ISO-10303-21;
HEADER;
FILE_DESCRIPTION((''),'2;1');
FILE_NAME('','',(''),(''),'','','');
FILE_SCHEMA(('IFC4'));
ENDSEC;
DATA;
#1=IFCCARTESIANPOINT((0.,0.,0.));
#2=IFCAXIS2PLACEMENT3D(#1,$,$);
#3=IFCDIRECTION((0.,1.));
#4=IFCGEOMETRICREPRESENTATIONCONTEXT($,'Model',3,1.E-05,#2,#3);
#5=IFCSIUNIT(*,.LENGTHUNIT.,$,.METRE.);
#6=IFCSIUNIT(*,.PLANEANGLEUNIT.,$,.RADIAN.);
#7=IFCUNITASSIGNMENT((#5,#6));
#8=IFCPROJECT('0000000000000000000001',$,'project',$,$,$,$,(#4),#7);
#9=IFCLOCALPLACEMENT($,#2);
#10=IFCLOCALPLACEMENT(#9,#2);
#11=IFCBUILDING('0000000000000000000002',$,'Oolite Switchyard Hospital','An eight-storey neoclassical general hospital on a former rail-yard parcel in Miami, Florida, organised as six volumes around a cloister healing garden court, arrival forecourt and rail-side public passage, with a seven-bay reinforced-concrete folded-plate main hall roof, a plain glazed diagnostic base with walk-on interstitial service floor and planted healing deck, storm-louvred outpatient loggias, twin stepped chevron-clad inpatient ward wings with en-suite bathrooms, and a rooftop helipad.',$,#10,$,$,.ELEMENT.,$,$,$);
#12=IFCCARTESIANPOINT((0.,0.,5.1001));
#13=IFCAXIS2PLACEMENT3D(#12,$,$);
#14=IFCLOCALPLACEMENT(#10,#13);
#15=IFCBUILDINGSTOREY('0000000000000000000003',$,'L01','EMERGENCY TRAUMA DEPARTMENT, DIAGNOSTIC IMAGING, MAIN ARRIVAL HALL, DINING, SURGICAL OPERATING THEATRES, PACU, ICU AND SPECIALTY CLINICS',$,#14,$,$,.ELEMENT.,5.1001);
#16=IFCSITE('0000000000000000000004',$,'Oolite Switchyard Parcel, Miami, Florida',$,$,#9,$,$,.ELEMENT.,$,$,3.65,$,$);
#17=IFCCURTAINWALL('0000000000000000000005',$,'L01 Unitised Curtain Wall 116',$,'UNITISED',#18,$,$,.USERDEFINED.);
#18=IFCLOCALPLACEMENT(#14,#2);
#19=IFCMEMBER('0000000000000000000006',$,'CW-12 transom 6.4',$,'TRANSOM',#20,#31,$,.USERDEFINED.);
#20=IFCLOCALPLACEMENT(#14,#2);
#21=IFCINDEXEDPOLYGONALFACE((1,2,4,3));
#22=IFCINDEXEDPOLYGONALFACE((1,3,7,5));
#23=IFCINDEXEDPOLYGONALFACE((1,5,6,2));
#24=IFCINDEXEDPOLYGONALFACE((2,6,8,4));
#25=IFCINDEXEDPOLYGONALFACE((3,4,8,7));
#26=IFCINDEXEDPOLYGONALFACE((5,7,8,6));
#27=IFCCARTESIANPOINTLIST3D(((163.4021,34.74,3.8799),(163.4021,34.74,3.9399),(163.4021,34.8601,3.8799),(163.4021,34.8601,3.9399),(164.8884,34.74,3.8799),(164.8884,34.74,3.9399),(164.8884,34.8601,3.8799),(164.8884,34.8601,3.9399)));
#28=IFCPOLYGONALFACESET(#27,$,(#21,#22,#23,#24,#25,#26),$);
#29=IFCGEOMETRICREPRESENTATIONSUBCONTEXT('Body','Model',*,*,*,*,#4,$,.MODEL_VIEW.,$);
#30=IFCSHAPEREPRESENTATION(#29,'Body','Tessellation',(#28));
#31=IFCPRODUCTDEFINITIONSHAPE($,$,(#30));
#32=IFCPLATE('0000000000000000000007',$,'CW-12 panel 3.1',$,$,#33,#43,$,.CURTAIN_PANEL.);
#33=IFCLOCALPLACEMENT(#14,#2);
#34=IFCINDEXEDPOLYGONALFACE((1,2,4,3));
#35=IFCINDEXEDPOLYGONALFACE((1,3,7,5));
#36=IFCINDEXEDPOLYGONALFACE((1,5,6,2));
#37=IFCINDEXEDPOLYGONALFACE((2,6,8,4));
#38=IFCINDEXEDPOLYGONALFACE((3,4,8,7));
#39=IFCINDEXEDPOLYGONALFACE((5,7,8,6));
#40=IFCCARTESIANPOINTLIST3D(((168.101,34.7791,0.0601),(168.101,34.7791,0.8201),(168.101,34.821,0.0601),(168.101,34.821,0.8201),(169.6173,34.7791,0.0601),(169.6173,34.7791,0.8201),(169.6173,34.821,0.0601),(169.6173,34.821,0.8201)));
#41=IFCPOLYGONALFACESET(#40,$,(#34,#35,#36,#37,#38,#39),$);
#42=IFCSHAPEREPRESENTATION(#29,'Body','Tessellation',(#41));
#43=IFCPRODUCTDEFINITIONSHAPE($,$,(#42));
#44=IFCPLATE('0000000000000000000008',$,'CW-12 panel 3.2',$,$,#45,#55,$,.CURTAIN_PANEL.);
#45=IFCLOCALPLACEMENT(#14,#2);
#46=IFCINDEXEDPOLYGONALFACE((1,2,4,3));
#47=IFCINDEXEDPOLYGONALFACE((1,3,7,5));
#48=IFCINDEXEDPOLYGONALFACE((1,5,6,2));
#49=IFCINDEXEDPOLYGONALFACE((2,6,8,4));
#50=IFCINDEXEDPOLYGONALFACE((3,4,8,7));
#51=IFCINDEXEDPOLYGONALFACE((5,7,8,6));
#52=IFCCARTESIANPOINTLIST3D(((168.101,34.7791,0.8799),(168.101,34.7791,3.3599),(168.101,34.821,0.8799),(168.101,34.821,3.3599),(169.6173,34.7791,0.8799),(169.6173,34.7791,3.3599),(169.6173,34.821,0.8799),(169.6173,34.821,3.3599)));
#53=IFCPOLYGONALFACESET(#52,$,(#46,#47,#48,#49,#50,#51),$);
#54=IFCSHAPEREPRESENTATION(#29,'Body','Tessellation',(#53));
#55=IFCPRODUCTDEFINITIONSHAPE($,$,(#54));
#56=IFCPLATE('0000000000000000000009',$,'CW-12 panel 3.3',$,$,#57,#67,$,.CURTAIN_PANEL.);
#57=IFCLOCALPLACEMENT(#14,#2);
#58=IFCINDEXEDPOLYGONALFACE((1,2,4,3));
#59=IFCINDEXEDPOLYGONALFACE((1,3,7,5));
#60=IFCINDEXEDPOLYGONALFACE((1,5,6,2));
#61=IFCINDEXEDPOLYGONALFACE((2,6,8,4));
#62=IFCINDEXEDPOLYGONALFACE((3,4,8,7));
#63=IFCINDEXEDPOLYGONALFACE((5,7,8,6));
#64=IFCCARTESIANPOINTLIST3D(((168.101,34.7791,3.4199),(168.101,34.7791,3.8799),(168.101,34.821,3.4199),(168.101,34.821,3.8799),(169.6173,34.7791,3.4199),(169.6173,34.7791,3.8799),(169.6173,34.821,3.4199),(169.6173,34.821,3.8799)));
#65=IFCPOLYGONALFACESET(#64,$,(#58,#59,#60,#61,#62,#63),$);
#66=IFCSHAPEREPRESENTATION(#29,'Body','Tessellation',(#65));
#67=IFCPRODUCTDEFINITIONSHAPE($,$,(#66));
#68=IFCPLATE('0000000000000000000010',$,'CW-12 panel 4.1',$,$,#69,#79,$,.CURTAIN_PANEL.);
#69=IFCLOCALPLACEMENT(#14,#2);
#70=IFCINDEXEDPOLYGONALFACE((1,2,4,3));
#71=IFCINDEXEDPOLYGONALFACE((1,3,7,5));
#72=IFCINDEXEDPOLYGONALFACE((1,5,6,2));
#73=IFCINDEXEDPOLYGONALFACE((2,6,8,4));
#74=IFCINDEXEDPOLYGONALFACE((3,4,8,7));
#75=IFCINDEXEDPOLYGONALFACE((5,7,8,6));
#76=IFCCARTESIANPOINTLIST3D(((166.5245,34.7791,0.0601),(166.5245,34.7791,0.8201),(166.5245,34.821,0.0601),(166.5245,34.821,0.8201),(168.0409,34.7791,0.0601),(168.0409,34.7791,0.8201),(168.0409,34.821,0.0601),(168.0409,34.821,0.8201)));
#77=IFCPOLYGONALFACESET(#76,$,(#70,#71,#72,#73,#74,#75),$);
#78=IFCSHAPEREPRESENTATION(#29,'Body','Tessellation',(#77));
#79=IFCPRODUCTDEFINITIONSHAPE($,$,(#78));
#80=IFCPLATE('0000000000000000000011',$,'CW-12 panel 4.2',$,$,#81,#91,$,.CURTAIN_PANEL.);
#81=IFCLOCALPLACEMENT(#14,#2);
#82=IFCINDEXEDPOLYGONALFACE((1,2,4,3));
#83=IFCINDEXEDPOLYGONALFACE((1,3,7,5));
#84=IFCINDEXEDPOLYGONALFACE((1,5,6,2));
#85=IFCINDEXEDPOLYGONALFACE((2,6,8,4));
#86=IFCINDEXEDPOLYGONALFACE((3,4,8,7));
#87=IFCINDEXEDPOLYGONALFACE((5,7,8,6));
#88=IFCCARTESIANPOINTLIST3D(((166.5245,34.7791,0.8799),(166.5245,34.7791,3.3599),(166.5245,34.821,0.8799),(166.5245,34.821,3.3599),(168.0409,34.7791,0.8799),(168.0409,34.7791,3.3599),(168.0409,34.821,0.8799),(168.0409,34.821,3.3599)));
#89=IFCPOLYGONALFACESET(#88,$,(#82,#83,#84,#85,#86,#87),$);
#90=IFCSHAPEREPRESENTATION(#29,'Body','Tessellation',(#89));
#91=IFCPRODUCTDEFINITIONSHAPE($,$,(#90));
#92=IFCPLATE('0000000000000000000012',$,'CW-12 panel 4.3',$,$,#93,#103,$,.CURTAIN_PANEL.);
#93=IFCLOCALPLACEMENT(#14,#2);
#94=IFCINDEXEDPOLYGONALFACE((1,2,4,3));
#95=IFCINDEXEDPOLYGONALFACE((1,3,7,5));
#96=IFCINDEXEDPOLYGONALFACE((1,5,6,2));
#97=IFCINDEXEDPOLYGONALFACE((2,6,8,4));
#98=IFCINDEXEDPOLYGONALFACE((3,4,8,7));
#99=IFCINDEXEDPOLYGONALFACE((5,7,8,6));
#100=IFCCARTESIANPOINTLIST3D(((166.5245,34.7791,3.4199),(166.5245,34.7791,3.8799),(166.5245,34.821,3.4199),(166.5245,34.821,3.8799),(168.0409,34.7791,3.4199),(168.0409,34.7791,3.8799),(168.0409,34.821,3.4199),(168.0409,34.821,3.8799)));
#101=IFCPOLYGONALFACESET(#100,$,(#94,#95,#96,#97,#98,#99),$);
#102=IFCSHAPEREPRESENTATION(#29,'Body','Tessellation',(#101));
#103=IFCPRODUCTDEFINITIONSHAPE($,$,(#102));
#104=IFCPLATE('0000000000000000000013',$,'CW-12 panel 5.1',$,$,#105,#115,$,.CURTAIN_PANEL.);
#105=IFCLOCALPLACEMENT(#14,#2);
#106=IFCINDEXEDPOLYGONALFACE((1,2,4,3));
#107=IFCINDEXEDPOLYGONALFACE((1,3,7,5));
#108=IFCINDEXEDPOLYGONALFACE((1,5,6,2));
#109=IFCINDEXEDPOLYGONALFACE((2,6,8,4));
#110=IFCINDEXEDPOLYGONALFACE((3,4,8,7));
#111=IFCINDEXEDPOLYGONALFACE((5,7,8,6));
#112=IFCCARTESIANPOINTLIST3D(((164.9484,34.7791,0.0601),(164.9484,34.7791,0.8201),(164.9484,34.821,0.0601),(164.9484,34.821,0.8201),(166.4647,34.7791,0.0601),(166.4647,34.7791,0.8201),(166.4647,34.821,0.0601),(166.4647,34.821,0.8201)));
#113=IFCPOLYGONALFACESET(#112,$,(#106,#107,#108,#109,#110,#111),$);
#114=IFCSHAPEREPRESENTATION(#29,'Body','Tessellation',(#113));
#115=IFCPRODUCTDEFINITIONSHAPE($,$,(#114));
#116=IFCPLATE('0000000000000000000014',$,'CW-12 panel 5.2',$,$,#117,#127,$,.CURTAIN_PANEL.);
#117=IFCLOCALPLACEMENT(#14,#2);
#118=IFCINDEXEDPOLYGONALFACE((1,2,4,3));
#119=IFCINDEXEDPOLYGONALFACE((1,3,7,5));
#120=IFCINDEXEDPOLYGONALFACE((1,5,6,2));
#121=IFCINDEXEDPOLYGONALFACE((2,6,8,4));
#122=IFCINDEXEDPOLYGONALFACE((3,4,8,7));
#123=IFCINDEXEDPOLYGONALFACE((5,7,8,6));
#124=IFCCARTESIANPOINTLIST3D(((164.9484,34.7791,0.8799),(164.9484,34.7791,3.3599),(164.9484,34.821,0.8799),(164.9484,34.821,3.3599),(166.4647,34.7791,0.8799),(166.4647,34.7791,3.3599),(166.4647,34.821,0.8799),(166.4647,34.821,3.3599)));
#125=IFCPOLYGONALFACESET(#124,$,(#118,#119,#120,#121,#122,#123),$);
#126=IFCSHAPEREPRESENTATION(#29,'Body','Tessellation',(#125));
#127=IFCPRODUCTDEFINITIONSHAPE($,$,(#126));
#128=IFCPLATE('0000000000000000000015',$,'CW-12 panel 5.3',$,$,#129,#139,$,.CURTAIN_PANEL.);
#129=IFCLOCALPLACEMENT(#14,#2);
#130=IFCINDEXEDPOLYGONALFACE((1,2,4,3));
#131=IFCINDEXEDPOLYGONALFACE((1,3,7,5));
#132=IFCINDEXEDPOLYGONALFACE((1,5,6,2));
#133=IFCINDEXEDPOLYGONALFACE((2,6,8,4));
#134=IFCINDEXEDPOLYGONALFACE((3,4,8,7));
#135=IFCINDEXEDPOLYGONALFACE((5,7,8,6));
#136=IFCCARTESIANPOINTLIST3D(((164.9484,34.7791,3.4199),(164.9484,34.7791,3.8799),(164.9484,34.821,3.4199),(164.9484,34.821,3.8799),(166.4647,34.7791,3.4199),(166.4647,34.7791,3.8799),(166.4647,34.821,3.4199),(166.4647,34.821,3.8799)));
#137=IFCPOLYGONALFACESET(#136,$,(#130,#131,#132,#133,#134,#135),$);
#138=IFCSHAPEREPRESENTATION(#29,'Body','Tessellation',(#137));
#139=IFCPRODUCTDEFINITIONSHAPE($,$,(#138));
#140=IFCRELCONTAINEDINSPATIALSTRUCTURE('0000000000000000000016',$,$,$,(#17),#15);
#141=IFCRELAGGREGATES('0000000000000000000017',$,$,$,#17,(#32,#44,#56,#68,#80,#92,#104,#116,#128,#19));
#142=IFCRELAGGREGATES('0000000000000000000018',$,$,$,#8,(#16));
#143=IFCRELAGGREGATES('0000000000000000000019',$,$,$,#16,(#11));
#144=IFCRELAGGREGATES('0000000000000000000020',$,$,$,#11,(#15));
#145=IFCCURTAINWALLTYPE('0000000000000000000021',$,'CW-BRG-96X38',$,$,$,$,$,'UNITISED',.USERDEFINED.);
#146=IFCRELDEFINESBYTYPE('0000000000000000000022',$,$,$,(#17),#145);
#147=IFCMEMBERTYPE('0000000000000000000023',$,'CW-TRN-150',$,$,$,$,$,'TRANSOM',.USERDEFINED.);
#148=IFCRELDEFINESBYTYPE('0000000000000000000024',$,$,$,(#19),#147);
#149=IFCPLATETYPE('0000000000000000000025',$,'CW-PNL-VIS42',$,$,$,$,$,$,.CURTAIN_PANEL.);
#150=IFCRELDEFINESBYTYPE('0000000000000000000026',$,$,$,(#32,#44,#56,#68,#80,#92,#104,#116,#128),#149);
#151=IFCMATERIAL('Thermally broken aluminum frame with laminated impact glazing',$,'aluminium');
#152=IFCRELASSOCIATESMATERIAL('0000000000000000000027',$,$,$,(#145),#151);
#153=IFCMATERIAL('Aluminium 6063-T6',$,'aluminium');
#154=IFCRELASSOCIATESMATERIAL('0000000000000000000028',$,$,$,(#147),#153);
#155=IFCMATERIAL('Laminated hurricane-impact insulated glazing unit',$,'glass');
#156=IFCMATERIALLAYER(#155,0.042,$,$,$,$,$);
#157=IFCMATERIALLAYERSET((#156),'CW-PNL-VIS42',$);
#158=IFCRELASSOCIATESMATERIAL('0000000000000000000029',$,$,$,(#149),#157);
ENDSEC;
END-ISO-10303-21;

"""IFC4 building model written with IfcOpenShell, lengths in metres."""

from ifc_helpers import new_model, si_unit, direction, frame, origin, origin_2d, place, context, subcontext, project, spatial, rectangle, extrude, material, layer, layer_set, material_profile, profile_set, type_object, element, aggregate, save


model = new_model("IFC4")

# Units and contexts
model_context = context("Model", 3, precision=1e-05, world=origin(), true_north=direction((0.0, 1.0)))
body_context = subcontext(model_context, "Body", "Model", "MODEL_VIEW")
ifc_project = project(units=[si_unit("LENGTHUNIT", "METRE"), si_unit("PLANEANGLEUNIT", "RADIAN")], contexts=[model_context])

# Site, building, storey
site_placement = place(None, origin())
site = spatial("IfcSite", under=ifc_project, at=site_placement, Name="Oolite Switchyard Parcel, Miami, Florida", CompositionType="ELEMENT", RefElevation=3.65)
building_placement = place(site_placement, origin())
building = spatial("IfcBuilding", under=site, at=building_placement, Name="Oolite Switchyard Hospital", Description="An eight-storey neoclassical general hospital on a former rail-yard parcel in Miami, Florida, organised as six volumes around a cloister healing garden court, arrival forecourt and rail-side public passage, with a seven-bay reinforced-concrete folded-plate main hall roof, a plain glazed diagnostic base with walk-on interstitial service floor and planted healing deck, storm-louvred outpatient loggias, twin stepped chevron-clad inpatient ward wings with en-suite bathrooms, and a rooftop helipad.", CompositionType="ELEMENT")
storey_placement = place(building_placement, frame((0.0, 0.0, 5.1001)))
storey = spatial("IfcBuildingStorey", under=building, at=storey_placement, Name="L01", Description="EMERGENCY TRAUMA DEPARTMENT, DIAGNOSTIC IMAGING, MAIN ARRIVAL HALL, DINING, SURGICAL OPERATING THEATRES, PACU, ICU AND SPECIALTY CLINICS", CompositionType="ELEMENT", Elevation=5.1001)

# Curtain wall, member, plates
ifc_material_1 = material(Name="Thermally broken aluminum frame with laminated impact glazing", Category="aluminium")
curtain_wall_type = type_object("IfcCurtainWallType", Name="CW-BRG-96X38", ElementType="UNITISED", PredefinedType="USERDEFINED", material=ifc_material_1)
curtain_wall_placement = place(storey_placement, origin())
curtain_wall = element("IfcCurtainWall", 1, at=curtain_wall_placement, inside=storey, type_object=curtain_wall_type, Name="L01 Unitised Curtain Wall 116", ObjectType="UNITISED", PredefinedType="USERDEFINED")
ifc_material_2 = material(Name="Aluminium 6063-T6", Category="aluminium")
ifc_material_profile_1 = material_profile(ifc_material_2, rectangle(XDim=0.1201, YDim=0.0601, at=origin_2d()), Name="CWT60X120")
ifc_profile_set_1 = profile_set([ifc_material_profile_1], Name="Aluminium 6063-T6")
member_type_1 = type_object("IfcMemberType", Name="CW-TRN-150", ElementType="TRANSOM", PredefinedType="USERDEFINED", material=ifc_profile_set_1)
member_1_placement = place(storey_placement, frame((164.8884, 34.8, 3.9099), z_axis=(-1.0, 0.0, 0.0), x_axis=(0.0, -1.0, 0.0)))
member_1 = element("IfcMember", 2, at=member_1_placement, type_object=member_type_1, Name="CW-12 transom 6.4", ObjectType="TRANSOM", PredefinedType="USERDEFINED", context=body_context, shape_type="SweptSolid", body=[
    extrude(rectangle(XDim=0.1201, YDim=0.0601, at=origin_2d()), origin(), (0.0, 0.0, 1.0), 1.4863),
])
ifc_material_3 = material(Name="Laminated hurricane-impact insulated glazing unit", Category="glass")
ifc_layer = layer(ifc_material_3, 0.042)
ifc_layer_set = layer_set([ifc_layer], Name="CW-PNL-VIS42")
plate_type = type_object("IfcPlateType", Name="CW-PNL-VIS42", PredefinedType="CURTAIN_PANEL", material=ifc_layer_set)
plate_1_placement = place(storey_placement, frame((168.8591, 34.8, 0.0601), z_axis=(0.0, 0.0, 1.0), x_axis=(-1.0, 0.0, 0.0)))
plate_1 = element("IfcPlate", 3, at=plate_1_placement, type_object=plate_type, Name="CW-12 panel 3.1", PredefinedType="CURTAIN_PANEL", context=body_context, shape_type="SweptSolid", body=[
    extrude(rectangle(XDim=1.5164, YDim=0.042, at=origin_2d()), origin(), (0.0, 0.0, 1.0), 0.76),
])
plate_2_placement = place(storey_placement, frame((168.8591, 34.8, 0.8799), z_axis=(0.0, 0.0, 1.0), x_axis=(-1.0, 0.0, 0.0)))
plate_2 = element("IfcPlate", 4, at=plate_2_placement, type_object=plate_type, Name="CW-12 panel 3.2", PredefinedType="CURTAIN_PANEL", context=body_context, shape_type="SweptSolid", body=[
    extrude(rectangle(XDim=1.5164, YDim=0.042, at=origin_2d()), origin(), (0.0, 0.0, 1.0), 2.48),
])
plate_3_placement = place(storey_placement, frame((168.8591, 34.8, 3.4199), z_axis=(0.0, 0.0, 1.0), x_axis=(-1.0, 0.0, 0.0)))
plate_3 = element("IfcPlate", 5, at=plate_3_placement, type_object=plate_type, Name="CW-12 panel 3.3", PredefinedType="CURTAIN_PANEL", context=body_context, shape_type="SweptSolid", body=[
    extrude(rectangle(XDim=1.5164, YDim=0.042, at=origin_2d()), origin(), (0.0, 0.0, 1.0), 0.46),
])
plate_4_placement = place(storey_placement, frame((167.2827, 34.8, 0.0601), z_axis=(0.0, 0.0, 1.0), x_axis=(-1.0, 0.0, 0.0)))
plate_4 = element("IfcPlate", 6, at=plate_4_placement, type_object=plate_type, Name="CW-12 panel 4.1", PredefinedType="CURTAIN_PANEL", context=body_context, shape_type="SweptSolid", body=[
    extrude(rectangle(XDim=1.5164, YDim=0.042, at=origin_2d()), origin(), (0.0, 0.0, 1.0), 0.76),
])
plate_5_placement = place(storey_placement, frame((167.2827, 34.8, 0.8799), z_axis=(0.0, 0.0, 1.0), x_axis=(-1.0, 0.0, 0.0)))
plate_5 = element("IfcPlate", 7, at=plate_5_placement, type_object=plate_type, Name="CW-12 panel 4.2", PredefinedType="CURTAIN_PANEL", context=body_context, shape_type="SweptSolid", body=[
    extrude(rectangle(XDim=1.5164, YDim=0.042, at=origin_2d()), origin(), (0.0, 0.0, 1.0), 2.48),
])
plate_6_placement = place(storey_placement, frame((167.2827, 34.8, 3.4199), z_axis=(0.0, 0.0, 1.0), x_axis=(-1.0, 0.0, 0.0)))
plate_6 = element("IfcPlate", 8, at=plate_6_placement, type_object=plate_type, Name="CW-12 panel 4.3", PredefinedType="CURTAIN_PANEL", context=body_context, shape_type="SweptSolid", body=[
    extrude(rectangle(XDim=1.5164, YDim=0.042, at=origin_2d()), origin(), (0.0, 0.0, 1.0), 0.46),
])
plate_7_placement = place(storey_placement, frame((165.7065, 34.8, 0.0601), z_axis=(0.0, 0.0, 1.0), x_axis=(-1.0, 0.0, 0.0)))
plate_7 = element("IfcPlate", 9, at=plate_7_placement, type_object=plate_type, Name="CW-12 panel 5.1", PredefinedType="CURTAIN_PANEL", context=body_context, shape_type="SweptSolid", body=[
    extrude(rectangle(XDim=1.5164, YDim=0.042, at=origin_2d()), origin(), (0.0, 0.0, 1.0), 0.76),
])
plate_8_placement = place(storey_placement, frame((165.7065, 34.8, 0.8799), z_axis=(0.0, 0.0, 1.0), x_axis=(-1.0, 0.0, 0.0)))
plate_8 = element("IfcPlate", 10, at=plate_8_placement, type_object=plate_type, Name="CW-12 panel 5.2", PredefinedType="CURTAIN_PANEL", context=body_context, shape_type="SweptSolid", body=[
    extrude(rectangle(XDim=1.5164, YDim=0.042, at=origin_2d()), origin(), (0.0, 0.0, 1.0), 2.48),
])
plate_9_placement = place(storey_placement, frame((165.7065, 34.8, 3.4199), z_axis=(0.0, 0.0, 1.0), x_axis=(-1.0, 0.0, 0.0)))
plate_9 = element("IfcPlate", 11, at=plate_9_placement, type_object=plate_type, Name="CW-12 panel 5.3", PredefinedType="CURTAIN_PANEL", context=body_context, shape_type="SweptSolid", body=[
    extrude(rectangle(XDim=1.5164, YDim=0.042, at=origin_2d()), origin(), (0.0, 0.0, 1.0), 0.46),
])
aggregate(curtain_wall, [plate_1, plate_2, plate_3, plate_4, plate_5, plate_6, plate_7, plate_8, plate_9, member_1])

save(model, "model.ifc")
